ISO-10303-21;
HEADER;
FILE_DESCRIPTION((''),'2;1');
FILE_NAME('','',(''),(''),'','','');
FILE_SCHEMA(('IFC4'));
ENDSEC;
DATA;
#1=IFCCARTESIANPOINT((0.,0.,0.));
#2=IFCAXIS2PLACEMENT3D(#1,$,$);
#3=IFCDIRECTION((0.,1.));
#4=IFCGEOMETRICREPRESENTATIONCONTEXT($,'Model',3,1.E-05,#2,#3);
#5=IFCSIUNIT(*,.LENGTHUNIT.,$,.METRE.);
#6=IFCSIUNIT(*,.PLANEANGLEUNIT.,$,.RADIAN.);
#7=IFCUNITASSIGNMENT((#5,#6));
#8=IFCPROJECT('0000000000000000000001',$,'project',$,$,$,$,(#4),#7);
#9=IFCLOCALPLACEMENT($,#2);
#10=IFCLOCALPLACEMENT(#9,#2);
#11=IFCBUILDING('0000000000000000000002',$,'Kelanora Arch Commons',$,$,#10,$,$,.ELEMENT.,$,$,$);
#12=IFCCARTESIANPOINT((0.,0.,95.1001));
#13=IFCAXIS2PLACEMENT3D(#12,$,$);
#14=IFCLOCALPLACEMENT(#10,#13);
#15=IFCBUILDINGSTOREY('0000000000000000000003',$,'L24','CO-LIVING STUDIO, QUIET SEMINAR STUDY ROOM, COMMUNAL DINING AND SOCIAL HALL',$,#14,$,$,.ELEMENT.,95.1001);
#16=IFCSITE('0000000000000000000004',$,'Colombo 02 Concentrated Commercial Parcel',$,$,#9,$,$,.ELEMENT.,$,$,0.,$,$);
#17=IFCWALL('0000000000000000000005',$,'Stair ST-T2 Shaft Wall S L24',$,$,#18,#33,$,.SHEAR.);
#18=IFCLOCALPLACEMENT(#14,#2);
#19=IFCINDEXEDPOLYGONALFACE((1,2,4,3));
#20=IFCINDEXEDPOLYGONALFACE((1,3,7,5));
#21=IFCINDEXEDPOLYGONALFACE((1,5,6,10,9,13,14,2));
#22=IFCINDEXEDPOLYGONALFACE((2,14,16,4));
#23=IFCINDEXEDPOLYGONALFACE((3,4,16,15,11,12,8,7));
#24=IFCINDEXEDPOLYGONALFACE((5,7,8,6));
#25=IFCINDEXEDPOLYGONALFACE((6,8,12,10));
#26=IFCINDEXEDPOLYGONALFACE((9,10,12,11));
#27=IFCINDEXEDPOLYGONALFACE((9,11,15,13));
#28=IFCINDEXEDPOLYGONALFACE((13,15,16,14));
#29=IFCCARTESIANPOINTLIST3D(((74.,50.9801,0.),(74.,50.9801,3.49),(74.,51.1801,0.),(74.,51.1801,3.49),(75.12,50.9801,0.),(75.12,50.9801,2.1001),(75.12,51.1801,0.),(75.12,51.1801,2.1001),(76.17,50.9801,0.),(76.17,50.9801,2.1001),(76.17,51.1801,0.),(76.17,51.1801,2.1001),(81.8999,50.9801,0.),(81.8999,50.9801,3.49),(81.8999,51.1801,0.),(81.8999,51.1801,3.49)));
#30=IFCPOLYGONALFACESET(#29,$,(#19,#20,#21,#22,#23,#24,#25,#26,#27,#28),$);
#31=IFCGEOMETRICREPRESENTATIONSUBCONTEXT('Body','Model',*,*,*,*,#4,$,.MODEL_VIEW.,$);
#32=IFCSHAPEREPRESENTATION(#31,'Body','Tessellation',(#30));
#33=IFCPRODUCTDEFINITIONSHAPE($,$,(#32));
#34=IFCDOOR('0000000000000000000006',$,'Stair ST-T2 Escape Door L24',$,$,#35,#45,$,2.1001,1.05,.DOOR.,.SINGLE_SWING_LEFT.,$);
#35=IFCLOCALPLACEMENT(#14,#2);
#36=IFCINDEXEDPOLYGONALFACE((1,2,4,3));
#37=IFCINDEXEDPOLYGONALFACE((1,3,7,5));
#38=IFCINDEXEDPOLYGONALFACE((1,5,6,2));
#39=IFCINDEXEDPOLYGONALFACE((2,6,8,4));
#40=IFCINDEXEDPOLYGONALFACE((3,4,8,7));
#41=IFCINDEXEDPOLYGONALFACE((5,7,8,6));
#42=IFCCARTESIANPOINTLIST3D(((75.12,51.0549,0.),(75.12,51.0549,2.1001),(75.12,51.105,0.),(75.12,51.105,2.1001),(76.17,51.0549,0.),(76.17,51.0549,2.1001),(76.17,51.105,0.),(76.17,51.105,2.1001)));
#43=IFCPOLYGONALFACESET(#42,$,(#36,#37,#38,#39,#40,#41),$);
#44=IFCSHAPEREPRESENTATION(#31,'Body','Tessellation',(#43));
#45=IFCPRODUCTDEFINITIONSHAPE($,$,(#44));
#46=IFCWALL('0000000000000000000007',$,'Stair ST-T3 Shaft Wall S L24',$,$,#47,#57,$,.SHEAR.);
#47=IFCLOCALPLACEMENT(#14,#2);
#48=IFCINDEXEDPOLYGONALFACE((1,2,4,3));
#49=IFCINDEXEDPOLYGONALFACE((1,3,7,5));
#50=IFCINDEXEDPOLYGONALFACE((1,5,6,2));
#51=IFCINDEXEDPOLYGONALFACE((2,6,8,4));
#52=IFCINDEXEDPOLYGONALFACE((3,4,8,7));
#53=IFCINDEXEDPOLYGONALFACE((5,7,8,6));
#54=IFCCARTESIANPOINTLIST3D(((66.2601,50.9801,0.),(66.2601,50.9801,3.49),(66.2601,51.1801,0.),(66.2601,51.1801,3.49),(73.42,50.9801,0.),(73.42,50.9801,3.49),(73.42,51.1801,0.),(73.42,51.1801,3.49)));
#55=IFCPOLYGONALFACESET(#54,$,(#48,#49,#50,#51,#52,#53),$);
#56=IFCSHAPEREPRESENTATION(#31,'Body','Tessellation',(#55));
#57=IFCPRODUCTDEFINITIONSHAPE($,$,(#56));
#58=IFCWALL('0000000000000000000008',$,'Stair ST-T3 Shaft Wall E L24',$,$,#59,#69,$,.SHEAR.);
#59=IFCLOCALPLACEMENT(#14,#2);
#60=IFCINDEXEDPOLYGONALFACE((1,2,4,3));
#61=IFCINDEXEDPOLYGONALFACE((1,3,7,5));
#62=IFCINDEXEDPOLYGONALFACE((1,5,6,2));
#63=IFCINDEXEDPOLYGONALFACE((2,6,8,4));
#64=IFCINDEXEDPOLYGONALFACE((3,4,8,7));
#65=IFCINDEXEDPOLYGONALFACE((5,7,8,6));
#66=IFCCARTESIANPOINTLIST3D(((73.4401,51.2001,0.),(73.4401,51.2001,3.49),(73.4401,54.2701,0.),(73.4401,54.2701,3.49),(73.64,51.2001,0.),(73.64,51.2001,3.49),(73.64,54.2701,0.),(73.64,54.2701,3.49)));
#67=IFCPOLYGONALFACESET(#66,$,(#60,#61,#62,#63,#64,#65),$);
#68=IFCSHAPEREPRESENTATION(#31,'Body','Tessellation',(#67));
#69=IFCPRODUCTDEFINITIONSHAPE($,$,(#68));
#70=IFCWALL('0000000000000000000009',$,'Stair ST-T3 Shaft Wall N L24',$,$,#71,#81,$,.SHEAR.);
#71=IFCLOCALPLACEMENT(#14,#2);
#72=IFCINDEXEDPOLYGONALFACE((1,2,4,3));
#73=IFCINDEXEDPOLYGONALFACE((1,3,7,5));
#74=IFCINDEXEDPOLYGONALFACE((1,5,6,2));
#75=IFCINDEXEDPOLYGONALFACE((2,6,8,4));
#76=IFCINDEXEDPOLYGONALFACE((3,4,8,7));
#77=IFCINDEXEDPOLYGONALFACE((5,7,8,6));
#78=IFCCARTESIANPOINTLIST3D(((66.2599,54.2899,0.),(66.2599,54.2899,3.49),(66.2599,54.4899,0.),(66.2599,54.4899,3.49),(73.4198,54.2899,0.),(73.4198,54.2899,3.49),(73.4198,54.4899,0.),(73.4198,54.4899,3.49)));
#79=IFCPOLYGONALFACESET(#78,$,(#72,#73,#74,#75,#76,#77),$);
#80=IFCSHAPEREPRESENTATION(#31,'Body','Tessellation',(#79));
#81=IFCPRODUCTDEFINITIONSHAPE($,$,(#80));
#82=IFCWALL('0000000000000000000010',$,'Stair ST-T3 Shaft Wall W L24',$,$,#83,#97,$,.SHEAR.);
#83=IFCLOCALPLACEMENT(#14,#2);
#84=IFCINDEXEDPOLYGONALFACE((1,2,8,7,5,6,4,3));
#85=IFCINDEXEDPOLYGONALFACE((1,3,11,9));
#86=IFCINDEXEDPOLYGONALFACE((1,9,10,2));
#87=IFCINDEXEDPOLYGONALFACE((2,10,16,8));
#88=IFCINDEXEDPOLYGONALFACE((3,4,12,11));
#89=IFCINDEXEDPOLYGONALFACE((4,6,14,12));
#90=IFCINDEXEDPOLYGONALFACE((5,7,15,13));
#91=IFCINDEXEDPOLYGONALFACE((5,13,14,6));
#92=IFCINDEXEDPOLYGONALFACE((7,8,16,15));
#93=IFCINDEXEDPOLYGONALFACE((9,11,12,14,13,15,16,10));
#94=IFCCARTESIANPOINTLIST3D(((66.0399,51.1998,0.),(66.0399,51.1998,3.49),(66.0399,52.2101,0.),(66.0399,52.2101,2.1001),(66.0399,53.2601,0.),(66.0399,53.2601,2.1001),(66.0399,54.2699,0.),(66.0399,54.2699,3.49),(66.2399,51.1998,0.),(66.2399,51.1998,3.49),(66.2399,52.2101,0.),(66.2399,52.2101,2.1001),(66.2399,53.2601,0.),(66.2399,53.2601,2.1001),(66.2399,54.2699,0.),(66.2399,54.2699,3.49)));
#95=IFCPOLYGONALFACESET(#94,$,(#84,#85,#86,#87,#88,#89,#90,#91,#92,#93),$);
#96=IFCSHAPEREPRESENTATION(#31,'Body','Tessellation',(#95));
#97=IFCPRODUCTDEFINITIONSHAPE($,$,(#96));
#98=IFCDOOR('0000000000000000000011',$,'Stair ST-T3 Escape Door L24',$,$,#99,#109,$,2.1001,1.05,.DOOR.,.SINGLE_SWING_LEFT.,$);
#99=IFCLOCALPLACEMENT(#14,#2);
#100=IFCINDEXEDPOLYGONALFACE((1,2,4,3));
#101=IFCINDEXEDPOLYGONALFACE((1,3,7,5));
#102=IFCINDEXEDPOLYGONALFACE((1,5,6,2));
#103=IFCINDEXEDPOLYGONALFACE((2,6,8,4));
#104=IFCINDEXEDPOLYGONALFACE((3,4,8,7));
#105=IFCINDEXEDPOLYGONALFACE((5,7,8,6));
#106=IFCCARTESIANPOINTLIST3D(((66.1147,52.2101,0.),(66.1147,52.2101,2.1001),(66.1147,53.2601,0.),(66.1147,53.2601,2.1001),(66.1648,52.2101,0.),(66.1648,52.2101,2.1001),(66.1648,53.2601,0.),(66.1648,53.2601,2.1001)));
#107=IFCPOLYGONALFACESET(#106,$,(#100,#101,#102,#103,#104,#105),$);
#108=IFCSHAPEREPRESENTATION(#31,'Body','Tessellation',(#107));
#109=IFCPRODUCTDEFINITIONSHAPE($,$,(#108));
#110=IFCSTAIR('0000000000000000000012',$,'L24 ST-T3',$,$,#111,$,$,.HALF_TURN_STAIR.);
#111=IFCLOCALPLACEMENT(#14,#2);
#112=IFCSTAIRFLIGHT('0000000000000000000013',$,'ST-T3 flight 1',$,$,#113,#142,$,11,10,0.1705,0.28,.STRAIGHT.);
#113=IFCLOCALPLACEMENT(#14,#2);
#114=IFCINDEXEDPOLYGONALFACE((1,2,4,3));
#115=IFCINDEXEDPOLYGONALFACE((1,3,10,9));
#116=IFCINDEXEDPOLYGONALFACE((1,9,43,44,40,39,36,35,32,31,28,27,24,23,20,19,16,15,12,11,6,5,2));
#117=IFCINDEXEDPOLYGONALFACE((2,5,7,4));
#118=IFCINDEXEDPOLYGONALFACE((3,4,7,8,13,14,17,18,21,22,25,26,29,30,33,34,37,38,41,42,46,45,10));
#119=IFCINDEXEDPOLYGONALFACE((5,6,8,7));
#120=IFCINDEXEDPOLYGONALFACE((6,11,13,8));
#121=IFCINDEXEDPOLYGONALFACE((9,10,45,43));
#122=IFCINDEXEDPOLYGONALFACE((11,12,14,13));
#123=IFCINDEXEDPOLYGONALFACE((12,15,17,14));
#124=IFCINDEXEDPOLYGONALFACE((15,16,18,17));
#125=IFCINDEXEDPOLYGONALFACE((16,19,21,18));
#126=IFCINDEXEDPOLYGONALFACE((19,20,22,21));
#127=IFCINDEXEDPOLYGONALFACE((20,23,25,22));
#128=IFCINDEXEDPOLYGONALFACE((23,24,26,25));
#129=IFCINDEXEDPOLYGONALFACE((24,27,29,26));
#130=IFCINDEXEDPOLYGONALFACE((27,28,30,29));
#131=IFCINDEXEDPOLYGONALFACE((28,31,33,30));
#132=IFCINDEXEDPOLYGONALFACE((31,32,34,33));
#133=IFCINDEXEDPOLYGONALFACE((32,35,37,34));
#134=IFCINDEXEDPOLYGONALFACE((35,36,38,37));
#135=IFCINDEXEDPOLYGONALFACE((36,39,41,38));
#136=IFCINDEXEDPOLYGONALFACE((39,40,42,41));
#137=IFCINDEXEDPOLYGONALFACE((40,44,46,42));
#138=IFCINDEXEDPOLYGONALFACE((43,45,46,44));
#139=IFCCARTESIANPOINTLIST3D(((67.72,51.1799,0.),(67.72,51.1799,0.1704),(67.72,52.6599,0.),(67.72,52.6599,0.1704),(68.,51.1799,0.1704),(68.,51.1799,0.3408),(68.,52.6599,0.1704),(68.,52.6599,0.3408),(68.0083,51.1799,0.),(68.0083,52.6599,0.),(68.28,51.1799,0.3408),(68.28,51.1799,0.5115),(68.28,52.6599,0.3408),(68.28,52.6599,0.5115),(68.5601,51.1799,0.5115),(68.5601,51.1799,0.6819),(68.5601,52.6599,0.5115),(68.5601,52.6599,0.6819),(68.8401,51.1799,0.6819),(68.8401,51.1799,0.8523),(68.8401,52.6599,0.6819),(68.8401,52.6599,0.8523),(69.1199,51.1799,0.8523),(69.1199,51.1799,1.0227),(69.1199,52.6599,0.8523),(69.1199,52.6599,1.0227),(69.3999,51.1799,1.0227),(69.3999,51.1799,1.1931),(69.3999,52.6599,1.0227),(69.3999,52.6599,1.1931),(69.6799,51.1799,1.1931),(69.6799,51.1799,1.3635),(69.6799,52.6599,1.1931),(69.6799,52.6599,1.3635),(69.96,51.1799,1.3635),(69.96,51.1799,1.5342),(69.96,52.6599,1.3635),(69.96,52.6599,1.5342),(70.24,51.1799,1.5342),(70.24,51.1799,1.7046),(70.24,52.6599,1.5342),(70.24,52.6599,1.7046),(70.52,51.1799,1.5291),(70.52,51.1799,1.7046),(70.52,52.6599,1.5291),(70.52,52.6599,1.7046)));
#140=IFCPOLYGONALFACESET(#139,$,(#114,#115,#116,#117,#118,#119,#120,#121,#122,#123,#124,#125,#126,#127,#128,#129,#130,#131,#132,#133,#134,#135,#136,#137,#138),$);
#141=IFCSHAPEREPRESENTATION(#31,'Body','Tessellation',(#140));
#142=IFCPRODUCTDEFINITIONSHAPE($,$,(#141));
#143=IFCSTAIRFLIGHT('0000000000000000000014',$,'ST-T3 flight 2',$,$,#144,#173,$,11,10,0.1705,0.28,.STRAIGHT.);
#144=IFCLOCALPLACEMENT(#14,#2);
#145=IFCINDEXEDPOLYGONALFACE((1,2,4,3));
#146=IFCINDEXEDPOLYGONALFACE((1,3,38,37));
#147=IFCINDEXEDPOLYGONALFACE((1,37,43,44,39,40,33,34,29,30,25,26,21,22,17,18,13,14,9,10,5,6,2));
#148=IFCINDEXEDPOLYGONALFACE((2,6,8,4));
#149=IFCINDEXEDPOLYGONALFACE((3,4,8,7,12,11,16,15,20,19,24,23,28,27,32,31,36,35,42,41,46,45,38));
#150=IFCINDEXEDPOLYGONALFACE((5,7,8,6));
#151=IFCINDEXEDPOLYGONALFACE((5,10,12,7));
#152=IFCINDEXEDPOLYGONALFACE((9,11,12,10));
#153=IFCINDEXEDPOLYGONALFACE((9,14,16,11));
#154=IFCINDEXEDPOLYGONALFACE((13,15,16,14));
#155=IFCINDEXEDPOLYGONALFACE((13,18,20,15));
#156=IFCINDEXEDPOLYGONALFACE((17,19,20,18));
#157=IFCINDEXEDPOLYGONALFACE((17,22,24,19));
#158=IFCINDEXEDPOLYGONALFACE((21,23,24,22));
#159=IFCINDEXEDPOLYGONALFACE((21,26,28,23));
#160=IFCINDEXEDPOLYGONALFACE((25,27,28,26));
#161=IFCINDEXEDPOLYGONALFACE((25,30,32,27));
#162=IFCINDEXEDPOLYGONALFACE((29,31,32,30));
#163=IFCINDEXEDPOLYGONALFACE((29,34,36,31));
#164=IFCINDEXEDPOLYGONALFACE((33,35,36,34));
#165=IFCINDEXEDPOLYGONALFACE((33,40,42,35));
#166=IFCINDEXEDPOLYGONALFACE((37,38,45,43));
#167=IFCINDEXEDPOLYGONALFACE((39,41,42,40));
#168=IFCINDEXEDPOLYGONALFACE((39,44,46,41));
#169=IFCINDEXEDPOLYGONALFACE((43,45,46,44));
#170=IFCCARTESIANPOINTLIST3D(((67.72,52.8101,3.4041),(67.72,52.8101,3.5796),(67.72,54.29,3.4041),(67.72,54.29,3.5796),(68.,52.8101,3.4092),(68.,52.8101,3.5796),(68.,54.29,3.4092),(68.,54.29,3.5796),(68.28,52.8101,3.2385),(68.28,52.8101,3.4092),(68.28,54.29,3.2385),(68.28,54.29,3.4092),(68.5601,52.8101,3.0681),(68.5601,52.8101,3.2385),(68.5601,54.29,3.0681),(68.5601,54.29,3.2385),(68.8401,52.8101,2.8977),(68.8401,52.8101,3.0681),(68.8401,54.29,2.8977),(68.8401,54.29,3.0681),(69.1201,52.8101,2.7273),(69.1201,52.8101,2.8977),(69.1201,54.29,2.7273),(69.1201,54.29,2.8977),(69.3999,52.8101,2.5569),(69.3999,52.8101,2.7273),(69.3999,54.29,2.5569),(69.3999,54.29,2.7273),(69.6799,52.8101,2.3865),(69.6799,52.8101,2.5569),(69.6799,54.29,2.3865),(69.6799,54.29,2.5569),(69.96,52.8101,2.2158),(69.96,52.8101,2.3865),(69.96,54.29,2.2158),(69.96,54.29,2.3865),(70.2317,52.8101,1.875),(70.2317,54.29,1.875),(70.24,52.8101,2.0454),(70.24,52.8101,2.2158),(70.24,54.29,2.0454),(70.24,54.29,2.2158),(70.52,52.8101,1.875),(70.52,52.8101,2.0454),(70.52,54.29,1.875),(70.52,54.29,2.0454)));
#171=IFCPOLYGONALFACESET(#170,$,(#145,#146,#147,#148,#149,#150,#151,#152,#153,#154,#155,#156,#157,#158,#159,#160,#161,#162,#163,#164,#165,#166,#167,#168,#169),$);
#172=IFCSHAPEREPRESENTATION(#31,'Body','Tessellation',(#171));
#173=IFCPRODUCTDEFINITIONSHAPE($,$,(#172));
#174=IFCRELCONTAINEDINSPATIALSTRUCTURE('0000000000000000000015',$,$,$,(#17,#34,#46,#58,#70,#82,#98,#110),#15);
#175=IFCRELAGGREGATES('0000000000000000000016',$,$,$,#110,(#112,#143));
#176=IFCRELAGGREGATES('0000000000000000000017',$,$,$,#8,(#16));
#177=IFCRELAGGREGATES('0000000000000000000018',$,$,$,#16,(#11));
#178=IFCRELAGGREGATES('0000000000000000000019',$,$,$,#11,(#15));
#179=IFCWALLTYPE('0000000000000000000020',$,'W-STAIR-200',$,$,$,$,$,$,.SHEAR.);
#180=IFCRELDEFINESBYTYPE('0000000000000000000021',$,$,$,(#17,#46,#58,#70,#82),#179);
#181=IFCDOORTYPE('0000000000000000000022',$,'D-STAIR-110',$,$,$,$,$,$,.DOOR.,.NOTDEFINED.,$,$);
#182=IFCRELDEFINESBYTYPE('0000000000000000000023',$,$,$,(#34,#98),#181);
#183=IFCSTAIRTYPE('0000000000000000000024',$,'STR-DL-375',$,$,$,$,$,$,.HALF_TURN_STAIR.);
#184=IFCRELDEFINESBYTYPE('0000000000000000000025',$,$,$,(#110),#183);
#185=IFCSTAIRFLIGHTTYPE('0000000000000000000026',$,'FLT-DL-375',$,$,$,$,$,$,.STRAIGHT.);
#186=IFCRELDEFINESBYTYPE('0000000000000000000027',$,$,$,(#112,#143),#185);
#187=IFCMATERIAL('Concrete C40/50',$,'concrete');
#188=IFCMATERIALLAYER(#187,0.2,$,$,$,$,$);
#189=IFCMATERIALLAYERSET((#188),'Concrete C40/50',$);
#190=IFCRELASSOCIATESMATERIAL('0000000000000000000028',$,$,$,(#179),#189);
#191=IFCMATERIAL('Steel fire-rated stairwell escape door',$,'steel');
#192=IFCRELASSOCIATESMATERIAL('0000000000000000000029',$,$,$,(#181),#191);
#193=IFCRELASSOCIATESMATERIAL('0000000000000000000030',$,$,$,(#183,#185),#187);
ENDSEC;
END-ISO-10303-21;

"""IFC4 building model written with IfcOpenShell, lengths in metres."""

from ifc_helpers import new_model, si_unit, direction, frame, frame_2d, origin, place, context, subcontext, project, spatial, polyline, rectangle, outline, extrude, material, layer, layer_set, type_object, element, fill, aggregate, save


model = new_model("IFC4")

# Units and contexts
model_context = context("Model", 3, precision=1e-05, world=origin(), true_north=direction((0.0, 1.0)))
body_context = subcontext(model_context, "Body", "Model", "MODEL_VIEW")
ifc_project = project(units=[si_unit("LENGTHUNIT", "METRE"), si_unit("PLANEANGLEUNIT", "RADIAN")], contexts=[model_context])

# Site, building, storey
site_placement = place(None, origin())
site = spatial("IfcSite", under=ifc_project, at=site_placement, Name="Colombo 02 Concentrated Commercial Parcel", CompositionType="ELEMENT", RefElevation=0.0)
building_placement = place(site_placement, origin())
building = spatial("IfcBuilding", under=site, at=building_placement, Name="Kelanora Arch Commons", CompositionType="ELEMENT")
storey_placement = place(building_placement, frame((0.0, 0.0, 95.1001)))
storey = spatial("IfcBuildingStorey", under=building, at=storey_placement, Name="L24", Description="CO-LIVING STUDIO, QUIET SEMINAR STUDY ROOM, COMMUNAL DINING AND SOCIAL HALL", CompositionType="ELEMENT", Elevation=95.1001)

# Shared definitions
ifc_material_1 = material(Name="Concrete C40/50", Category="concrete")

# Wall, opening, door
ifc_layer_1 = layer(ifc_material_1, 0.2)
ifc_layer_set_1 = layer_set([ifc_layer_1], Name="Concrete C40/50")
wall_type_1 = type_object("IfcWallType", Name="W-STAIR-200", PredefinedType="SHEAR", material=ifc_layer_set_1)
wall_1_placement = place(storey_placement, frame((74.0, 51.0801, 0.0), z_axis=(0.0, 0.0, 1.0), x_axis=(1.0, 0.0, 0.0)))
wall_1 = element("IfcWall", 1, at=wall_1_placement, inside=storey, type_object=wall_type_1, Name="Stair ST-T2 Shaft Wall S L24", PredefinedType="SHEAR", context=body_context, shape_type="SweptSolid", body=[
    extrude(rectangle(XDim=7.8999, YDim=0.2, at=frame_2d((3.95, 0.0))), origin(), (0.0, 0.0, 1.0), 3.49),
])
opening_1_placement = place(wall_1_placement, frame((1.1201, 0.0, 0.0)))
opening_1 = element("IfcOpeningElement", 2, at=opening_1_placement, cuts=wall_1, PredefinedType="OPENING", context=body_context, shape_type="SweptSolid", body=[
    extrude(rectangle(XDim=1.05, YDim=2.1001, at=frame_2d((0.5249, 1.05))), frame((0.0, 0.1099, 0.0), z_axis=(0.0, -1.0, 0.0), x_axis=(1.0, 0.0, 0.0)), (0.0, 0.0, 1.0), 0.22),
])
ifc_material_2 = material(Name="Steel fire-rated stairwell escape door", Category="steel")
door_type_1 = type_object("IfcDoorType", Name="D-STAIR-110", OperationType="NOTDEFINED", PredefinedType="DOOR", material=ifc_material_2)
door_1_placement = place(opening_1_placement, origin())
door_1 = element("IfcDoor", 3, at=door_1_placement, inside=storey, type_object=door_type_1, Name="Stair ST-T2 Escape Door L24", OperationType="SINGLE_SWING_LEFT", OverallHeight=2.1001, OverallWidth=1.05, PredefinedType="DOOR", context=body_context, shape_type="SweptSolid", body=[
    extrude(rectangle(XDim=1.05, YDim=2.1001, at=frame_2d((0.5249, 1.05))), frame((0.0, 0.0249, 0.0), z_axis=(0.0, -1.0, 0.0), x_axis=(1.0, 0.0, 0.0)), (0.0, 0.0, 1.0), 0.05),
])
fill(opening_1, door_1)

# Walls
wall_2_placement = place(storey_placement, frame((66.26, 51.0801, 0.0), z_axis=(0.0, 0.0, 1.0), x_axis=(1.0, 0.0, 0.0)))
element("IfcWall", 4, at=wall_2_placement, inside=storey, type_object=wall_type_1, Name="Stair ST-T3 Shaft Wall S L24", PredefinedType="SHEAR", context=body_context, shape_type="SweptSolid", body=[
    extrude(rectangle(XDim=7.1599, YDim=0.2, at=frame_2d((3.5801, 0.0))), origin(), (0.0, 0.0, 1.0), 3.49),
])
wall_3_placement = place(storey_placement, frame((73.54, 51.2, 0.0), z_axis=(0.0, 0.0, 1.0), x_axis=(0.0, 1.0, 0.0)))
element("IfcWall", 5, at=wall_3_placement, inside=storey, type_object=wall_type_1, Name="Stair ST-T3 Shaft Wall E L24", PredefinedType="SHEAR", context=body_context, shape_type="SweptSolid", body=[
    extrude(rectangle(XDim=3.0701, YDim=0.2, at=frame_2d((1.5352, 0.0))), origin(), (0.0, 0.0, 1.0), 3.49),
])
wall_4_placement = place(storey_placement, frame((73.4199, 54.3899, 0.0), z_axis=(0.0, 0.0, 1.0), x_axis=(-1.0, 0.0, 0.0)))
element("IfcWall", 6, at=wall_4_placement, inside=storey, type_object=wall_type_1, Name="Stair ST-T3 Shaft Wall N L24", PredefinedType="SHEAR", context=body_context, shape_type="SweptSolid", body=[
    extrude(rectangle(XDim=7.1599, YDim=0.2, at=frame_2d((3.5801, 0.0))), origin(), (0.0, 0.0, 1.0), 3.49),
])

# Wall, opening, door
wall_5_placement = place(storey_placement, frame((66.1399, 54.27, 0.0), z_axis=(0.0, 0.0, 1.0), x_axis=(0.0, -1.0, 0.0)))
wall_5 = element("IfcWall", 7, at=wall_5_placement, inside=storey, type_object=wall_type_1, Name="Stair ST-T3 Shaft Wall W L24", PredefinedType="SHEAR", context=body_context, shape_type="SweptSolid", body=[
    extrude(rectangle(XDim=3.0701, YDim=0.2, at=frame_2d((1.5352, 0.0))), origin(), (0.0, 0.0, 1.0), 3.49),
])
opening_2_placement = place(wall_5_placement, frame((1.01, 0.0, 0.0)))
opening_2 = element("IfcOpeningElement", 8, at=opening_2_placement, cuts=wall_5, PredefinedType="OPENING", context=body_context, shape_type="SweptSolid", body=[
    extrude(rectangle(XDim=1.05, YDim=2.1001, at=frame_2d((0.5249, 1.05))), frame((0.0, 0.1099, 0.0), z_axis=(0.0, -1.0, 0.0), x_axis=(1.0, 0.0, 0.0)), (0.0, 0.0, 1.0), 0.22),
])
door_2_placement = place(opening_2_placement, origin())
door_2 = element("IfcDoor", 9, at=door_2_placement, inside=storey, type_object=door_type_1, Name="Stair ST-T3 Escape Door L24", OperationType="SINGLE_SWING_LEFT", OverallHeight=2.1001, OverallWidth=1.05, PredefinedType="DOOR", context=body_context, shape_type="SweptSolid", body=[
    extrude(rectangle(XDim=1.05, YDim=2.1001, at=frame_2d((0.5249, 1.05))), frame((0.0, 0.0249, 0.0), z_axis=(0.0, -1.0, 0.0), x_axis=(1.0, 0.0, 0.0)), (0.0, 0.0, 1.0), 0.05),
])
fill(opening_2, door_2)

# Stair, stair flights
stair_type = type_object("IfcStairType", Name="STR-DL-375", PredefinedType="HALF_TURN_STAIR", material=ifc_material_1)
stair_placement = place(storey_placement, origin())
stair = element("IfcStair", 10, at=stair_placement, inside=storey, type_object=stair_type, Name="L24 ST-T3", PredefinedType="HALF_TURN_STAIR")
stair_flight_type = type_object("IfcStairFlightType", Name="FLT-DL-375", PredefinedType="STRAIGHT", material=ifc_material_1)
stair_flight_1_placement = place(storey_placement, frame((67.72, 51.9199, 0.0), z_axis=(0.0, 0.0, 1.0), x_axis=(1.0, 0.0, 0.0)))
stair_flight_1 = element("IfcStairFlight", 11, at=stair_flight_1_placement, type_object=stair_flight_type, Name="ST-T3 flight 1", NumberOfRisers=11, NumberOfTreads=10, PredefinedType="STRAIGHT", RiserHeight=0.1705, TreadLength=0.28, context=body_context, shape_type="SweptSolid", body=[
    extrude(outline(polyline([(0.0, 0.0), (0.0, 0.1704), (0.28, 0.1704), (0.28, 0.3408), (0.5601, 0.3408), (0.5601, 0.5115), (0.8401, 0.5115), (0.8401, 0.6819), (1.1201, 0.6819), (1.1201, 0.8523), (1.3999, 0.8523), (1.3999, 1.0227), (1.6799, 1.0227), (1.6799, 1.1931), (1.96, 1.1931), (1.96, 1.3635), (2.24, 1.3635), (2.24, 1.5342), (2.52, 1.5342), (2.52, 1.7046), (2.8, 1.7046), (2.8, 1.875), (2.8, 1.5291), (0.2883, 0.0), (0.0, 0.0)])), frame((0.0, 0.74, 0.0), z_axis=(0.0, -1.0, 0.0), x_axis=(1.0, 0.0, 0.0)), (0.0, 0.0, 1.0), 1.48),
])
stair_flight_2_placement = place(storey_placement, frame((70.52, 53.55, 1.875), z_axis=(0.0, 0.0, 1.0), x_axis=(-1.0, 0.0, 0.0)))
stair_flight_2 = element("IfcStairFlight", 12, at=stair_flight_2_placement, type_object=stair_flight_type, Name="ST-T3 flight 2", NumberOfRisers=11, NumberOfTreads=10, PredefinedType="STRAIGHT", RiserHeight=0.1705, TreadLength=0.28, context=body_context, shape_type="SweptSolid", body=[
    extrude(outline(polyline([(0.0, 0.0), (0.0, 0.1704), (0.28, 0.1704), (0.28, 0.3408), (0.5601, 0.3408), (0.5601, 0.5115), (0.8401, 0.5115), (0.8401, 0.6819), (1.1201, 0.6819), (1.1201, 0.8523), (1.3999, 0.8523), (1.3999, 1.0227), (1.6799, 1.0227), (1.6799, 1.1931), (1.96, 1.1931), (1.96, 1.3635), (2.24, 1.3635), (2.24, 1.5342), (2.52, 1.5342), (2.52, 1.7046), (2.8, 1.7046), (2.8, 1.875), (2.8, 1.5291), (0.2883, 0.0), (0.0, 0.0)])), frame((0.0, 0.74, 0.0), z_axis=(0.0, -1.0, 0.0), x_axis=(1.0, 0.0, 0.0)), (0.0, 0.0, 1.0), 1.48),
])
aggregate(stair, [stair_flight_1, stair_flight_2])

save(model, "model.ifc")
